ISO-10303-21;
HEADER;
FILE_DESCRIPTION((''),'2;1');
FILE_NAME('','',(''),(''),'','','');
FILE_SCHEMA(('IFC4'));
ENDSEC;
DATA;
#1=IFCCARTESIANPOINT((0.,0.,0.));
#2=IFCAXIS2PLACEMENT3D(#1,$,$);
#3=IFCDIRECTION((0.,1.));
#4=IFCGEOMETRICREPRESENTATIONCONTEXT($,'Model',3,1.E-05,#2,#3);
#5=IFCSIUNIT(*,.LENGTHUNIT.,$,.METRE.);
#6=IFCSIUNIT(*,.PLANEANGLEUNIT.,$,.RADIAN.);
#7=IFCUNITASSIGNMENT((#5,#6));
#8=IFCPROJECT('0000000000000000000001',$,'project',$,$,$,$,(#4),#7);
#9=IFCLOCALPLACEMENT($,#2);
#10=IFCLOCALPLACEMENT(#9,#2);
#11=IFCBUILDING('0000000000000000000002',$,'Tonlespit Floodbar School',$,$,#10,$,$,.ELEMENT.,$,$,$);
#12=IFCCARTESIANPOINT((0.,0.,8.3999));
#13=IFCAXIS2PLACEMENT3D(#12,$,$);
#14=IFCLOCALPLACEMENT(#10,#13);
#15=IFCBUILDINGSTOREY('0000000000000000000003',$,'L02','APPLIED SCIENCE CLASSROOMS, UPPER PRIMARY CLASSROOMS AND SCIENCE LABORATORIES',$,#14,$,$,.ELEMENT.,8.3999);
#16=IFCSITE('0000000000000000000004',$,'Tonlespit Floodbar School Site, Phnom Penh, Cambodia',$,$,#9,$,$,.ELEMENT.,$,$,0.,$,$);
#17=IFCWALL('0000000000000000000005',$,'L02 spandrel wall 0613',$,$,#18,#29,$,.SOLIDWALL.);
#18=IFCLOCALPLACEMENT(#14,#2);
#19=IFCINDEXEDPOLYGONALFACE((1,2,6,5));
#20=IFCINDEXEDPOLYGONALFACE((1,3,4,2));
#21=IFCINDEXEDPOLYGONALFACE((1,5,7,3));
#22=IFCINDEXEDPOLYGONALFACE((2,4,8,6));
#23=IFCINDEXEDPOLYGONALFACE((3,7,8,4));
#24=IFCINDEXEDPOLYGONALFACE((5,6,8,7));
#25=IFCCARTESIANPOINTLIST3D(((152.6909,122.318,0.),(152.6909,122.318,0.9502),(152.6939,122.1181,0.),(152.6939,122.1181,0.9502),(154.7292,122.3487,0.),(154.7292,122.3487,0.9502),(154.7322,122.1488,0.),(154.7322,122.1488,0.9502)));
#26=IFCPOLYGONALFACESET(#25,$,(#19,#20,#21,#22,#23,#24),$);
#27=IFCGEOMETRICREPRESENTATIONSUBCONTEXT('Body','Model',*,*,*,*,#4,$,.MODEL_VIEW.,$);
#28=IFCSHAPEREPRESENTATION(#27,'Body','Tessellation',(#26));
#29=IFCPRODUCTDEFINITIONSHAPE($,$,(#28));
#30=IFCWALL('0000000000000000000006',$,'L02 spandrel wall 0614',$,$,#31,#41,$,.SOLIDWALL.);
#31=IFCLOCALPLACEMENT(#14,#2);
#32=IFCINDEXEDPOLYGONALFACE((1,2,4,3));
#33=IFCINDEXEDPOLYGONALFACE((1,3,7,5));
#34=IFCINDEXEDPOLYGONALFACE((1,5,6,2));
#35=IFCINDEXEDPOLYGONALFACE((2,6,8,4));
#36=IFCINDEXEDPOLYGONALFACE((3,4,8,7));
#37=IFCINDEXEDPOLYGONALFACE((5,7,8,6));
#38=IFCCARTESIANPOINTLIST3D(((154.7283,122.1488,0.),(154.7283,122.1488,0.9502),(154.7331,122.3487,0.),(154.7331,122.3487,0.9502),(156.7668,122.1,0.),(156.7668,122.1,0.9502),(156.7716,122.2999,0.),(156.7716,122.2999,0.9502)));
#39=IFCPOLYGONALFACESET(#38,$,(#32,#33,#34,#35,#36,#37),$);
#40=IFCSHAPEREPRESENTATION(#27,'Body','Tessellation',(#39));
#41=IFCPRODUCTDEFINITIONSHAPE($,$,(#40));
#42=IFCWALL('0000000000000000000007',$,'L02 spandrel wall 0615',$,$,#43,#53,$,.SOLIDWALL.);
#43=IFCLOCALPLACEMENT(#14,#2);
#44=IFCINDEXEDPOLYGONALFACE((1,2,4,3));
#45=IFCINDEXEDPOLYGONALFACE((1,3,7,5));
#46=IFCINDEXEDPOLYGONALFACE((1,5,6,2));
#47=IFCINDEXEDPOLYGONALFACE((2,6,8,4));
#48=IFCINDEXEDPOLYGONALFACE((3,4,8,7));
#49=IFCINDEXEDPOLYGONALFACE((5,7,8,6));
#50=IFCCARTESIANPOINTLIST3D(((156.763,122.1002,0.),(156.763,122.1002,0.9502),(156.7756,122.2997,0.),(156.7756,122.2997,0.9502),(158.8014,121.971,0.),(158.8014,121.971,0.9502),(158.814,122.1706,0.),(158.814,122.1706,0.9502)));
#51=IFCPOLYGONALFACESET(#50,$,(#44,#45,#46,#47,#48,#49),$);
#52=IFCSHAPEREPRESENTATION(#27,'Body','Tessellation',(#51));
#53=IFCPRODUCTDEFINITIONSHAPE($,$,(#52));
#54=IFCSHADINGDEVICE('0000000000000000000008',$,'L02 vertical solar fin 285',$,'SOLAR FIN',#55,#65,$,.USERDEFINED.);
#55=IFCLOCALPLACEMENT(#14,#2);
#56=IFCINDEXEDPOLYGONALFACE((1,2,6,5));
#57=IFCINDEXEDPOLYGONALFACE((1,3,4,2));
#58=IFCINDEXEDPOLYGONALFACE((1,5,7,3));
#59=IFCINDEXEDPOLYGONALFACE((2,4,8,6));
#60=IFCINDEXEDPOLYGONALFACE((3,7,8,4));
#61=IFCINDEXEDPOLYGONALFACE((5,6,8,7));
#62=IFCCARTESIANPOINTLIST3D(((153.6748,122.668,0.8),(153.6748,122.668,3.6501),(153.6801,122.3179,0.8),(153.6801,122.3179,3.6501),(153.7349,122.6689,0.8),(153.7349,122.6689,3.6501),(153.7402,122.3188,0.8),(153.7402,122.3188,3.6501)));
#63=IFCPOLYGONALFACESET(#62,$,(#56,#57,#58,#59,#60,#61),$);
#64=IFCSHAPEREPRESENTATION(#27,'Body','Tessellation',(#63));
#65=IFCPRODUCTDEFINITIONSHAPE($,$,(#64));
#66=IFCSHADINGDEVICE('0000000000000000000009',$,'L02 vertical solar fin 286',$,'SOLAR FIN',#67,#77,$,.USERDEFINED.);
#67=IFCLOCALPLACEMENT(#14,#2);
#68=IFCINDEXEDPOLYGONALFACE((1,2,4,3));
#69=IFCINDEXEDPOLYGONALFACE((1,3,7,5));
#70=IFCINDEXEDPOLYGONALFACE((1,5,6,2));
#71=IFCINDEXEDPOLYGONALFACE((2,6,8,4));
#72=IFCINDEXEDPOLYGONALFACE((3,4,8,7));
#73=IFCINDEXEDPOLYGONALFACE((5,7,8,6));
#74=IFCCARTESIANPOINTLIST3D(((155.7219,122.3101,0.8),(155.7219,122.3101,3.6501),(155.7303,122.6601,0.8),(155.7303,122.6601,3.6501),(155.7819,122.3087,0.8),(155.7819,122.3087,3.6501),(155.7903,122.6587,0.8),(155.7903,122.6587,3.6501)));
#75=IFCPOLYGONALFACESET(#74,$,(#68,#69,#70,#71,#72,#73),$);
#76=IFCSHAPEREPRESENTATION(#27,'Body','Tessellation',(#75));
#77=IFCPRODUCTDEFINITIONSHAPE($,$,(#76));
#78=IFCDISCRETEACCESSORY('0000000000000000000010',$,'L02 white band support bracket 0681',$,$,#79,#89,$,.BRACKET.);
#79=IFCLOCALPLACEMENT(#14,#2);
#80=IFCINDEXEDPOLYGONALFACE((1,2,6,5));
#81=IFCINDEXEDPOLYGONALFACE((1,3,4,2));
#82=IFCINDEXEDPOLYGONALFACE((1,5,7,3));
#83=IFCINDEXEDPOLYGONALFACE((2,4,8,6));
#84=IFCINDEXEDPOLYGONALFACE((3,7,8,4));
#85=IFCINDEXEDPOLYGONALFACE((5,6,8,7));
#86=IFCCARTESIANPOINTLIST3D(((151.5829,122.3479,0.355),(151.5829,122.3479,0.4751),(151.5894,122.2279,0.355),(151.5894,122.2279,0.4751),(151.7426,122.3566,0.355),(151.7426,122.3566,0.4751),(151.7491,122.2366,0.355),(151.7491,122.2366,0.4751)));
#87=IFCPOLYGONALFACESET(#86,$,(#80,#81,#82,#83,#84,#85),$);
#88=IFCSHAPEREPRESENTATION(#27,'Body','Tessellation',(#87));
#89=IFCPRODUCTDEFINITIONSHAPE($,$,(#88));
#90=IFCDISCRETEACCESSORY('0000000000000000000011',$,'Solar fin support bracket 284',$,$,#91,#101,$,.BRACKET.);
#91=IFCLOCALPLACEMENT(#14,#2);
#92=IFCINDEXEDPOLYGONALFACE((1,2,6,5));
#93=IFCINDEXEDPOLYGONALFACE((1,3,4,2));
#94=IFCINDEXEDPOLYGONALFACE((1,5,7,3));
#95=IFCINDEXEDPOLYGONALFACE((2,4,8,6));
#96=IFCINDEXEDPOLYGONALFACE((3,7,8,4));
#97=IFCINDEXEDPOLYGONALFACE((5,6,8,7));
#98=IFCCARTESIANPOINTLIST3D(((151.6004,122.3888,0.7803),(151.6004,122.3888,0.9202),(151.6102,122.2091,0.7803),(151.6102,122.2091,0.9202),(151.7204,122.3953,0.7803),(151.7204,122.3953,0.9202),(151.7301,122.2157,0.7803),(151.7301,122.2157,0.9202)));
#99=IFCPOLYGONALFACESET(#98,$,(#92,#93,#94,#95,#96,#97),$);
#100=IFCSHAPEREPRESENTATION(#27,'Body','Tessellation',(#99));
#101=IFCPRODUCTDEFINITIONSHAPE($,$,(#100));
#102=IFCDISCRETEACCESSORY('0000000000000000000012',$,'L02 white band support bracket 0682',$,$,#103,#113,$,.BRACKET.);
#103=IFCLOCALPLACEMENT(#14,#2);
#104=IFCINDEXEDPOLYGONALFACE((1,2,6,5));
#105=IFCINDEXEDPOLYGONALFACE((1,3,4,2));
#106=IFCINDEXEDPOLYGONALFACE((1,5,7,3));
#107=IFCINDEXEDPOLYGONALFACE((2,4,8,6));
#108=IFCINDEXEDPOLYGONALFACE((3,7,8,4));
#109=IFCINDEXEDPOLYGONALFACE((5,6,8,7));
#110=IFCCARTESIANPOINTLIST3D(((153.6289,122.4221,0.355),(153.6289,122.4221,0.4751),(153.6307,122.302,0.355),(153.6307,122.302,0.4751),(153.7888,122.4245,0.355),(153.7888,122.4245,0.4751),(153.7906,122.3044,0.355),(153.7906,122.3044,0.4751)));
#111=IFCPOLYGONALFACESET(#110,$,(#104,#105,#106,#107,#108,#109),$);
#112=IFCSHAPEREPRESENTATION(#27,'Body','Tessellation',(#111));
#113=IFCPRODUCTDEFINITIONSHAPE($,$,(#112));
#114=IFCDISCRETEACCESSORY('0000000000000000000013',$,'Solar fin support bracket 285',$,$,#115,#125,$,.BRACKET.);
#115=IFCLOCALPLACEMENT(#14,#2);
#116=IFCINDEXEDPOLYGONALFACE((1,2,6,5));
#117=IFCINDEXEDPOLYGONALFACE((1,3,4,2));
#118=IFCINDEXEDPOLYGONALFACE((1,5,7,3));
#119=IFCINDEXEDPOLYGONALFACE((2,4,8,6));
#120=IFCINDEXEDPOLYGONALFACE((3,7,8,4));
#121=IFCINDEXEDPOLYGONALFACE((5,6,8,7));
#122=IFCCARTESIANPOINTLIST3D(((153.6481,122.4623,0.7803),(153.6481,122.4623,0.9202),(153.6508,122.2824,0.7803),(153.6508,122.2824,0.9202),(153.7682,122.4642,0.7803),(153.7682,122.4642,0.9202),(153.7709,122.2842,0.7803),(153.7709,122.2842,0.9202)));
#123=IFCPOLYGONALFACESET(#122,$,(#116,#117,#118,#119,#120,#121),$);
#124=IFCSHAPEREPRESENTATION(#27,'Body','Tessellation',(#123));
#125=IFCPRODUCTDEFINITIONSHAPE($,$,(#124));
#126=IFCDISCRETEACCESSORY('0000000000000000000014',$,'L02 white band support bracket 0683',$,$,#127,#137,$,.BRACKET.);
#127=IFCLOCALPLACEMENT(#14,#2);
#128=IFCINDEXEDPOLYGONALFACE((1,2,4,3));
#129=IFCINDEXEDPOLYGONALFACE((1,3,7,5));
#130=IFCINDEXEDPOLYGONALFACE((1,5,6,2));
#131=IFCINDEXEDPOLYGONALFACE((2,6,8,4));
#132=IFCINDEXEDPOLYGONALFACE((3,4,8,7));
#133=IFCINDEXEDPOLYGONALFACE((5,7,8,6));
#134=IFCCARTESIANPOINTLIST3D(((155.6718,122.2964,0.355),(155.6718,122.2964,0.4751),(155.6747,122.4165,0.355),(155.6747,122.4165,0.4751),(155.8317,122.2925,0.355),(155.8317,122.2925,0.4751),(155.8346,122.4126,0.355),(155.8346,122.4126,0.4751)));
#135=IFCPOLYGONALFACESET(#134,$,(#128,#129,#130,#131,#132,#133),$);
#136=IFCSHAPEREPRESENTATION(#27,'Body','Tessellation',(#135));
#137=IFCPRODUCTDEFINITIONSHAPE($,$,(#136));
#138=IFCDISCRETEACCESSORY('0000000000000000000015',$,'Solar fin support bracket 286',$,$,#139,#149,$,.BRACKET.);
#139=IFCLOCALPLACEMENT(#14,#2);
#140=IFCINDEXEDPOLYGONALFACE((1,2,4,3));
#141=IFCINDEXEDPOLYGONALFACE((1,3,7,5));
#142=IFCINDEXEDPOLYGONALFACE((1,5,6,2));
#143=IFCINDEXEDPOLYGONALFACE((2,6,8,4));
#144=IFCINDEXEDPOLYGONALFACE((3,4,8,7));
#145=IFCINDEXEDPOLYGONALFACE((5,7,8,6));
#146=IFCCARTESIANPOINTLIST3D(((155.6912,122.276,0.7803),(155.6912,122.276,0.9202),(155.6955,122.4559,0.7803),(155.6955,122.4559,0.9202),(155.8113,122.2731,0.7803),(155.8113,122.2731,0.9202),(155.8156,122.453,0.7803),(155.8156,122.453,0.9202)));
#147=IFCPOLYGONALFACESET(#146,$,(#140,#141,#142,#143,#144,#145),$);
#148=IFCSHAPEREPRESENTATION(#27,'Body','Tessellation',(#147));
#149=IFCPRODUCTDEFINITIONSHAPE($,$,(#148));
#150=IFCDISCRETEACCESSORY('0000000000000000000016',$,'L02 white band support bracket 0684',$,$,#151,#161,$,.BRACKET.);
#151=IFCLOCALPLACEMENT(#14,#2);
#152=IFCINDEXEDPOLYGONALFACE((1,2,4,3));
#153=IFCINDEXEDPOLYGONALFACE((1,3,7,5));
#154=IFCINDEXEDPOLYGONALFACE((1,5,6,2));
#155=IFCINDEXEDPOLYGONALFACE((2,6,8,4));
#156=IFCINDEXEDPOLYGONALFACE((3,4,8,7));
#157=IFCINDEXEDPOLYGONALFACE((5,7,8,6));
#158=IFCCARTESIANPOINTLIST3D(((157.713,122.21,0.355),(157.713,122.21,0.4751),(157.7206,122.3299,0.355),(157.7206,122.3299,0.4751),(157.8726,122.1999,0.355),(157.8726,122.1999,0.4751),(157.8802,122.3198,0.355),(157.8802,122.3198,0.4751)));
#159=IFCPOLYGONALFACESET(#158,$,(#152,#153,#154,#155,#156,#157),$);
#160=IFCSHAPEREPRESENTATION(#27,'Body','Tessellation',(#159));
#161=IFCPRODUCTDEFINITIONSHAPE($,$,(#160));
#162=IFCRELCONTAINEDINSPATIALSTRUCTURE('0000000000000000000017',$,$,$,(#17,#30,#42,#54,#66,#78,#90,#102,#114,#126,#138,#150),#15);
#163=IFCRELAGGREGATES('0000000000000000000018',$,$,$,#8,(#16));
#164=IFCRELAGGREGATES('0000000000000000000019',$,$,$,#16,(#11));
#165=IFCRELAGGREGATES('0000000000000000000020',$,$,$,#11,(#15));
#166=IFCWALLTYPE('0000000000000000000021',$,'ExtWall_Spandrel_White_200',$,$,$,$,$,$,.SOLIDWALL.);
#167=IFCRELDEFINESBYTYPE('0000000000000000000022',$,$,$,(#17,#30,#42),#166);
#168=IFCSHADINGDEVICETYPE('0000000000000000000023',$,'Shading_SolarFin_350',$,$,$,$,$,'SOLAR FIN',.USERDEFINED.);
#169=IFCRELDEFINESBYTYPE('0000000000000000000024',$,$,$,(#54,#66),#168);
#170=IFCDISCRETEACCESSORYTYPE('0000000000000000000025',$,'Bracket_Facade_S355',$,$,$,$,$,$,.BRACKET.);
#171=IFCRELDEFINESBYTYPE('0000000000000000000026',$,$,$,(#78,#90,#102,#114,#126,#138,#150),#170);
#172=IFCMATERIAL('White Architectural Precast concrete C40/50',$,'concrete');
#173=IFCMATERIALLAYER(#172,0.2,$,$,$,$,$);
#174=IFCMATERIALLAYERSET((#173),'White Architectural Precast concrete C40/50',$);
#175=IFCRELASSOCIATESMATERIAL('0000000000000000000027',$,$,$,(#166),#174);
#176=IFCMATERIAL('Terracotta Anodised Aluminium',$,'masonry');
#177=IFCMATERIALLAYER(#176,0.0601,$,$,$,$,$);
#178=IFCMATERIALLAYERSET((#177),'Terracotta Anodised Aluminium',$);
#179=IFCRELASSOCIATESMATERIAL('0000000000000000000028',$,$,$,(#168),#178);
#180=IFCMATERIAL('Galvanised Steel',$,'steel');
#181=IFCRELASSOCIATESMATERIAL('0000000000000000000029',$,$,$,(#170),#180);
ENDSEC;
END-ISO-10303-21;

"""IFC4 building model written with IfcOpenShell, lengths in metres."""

from ifc_helpers import new_model, si_unit, direction, frame, frame_2d, origin, origin_2d, place, context, subcontext, project, spatial, rectangle, extrude, material, layer, layer_set, type_object, element, save


model = new_model("IFC4")

# Units and contexts
model_context = context("Model", 3, precision=1e-05, world=origin(), true_north=direction((0.0, 1.0)))
body_context = subcontext(model_context, "Body", "Model", "MODEL_VIEW")
ifc_project = project(units=[si_unit("LENGTHUNIT", "METRE"), si_unit("PLANEANGLEUNIT", "RADIAN")], contexts=[model_context])

# Site, building, storey
site_placement = place(None, origin())
site = spatial("IfcSite", under=ifc_project, at=site_placement, Name="Tonlespit Floodbar School Site, Phnom Penh, Cambodia", CompositionType="ELEMENT", RefElevation=0.0)
building_placement = place(site_placement, origin())
building = spatial("IfcBuilding", under=site, at=building_placement, Name="Tonlespit Floodbar School", CompositionType="ELEMENT")
storey_placement = place(building_placement, frame((0.0, 0.0, 8.3999)))
storey = spatial("IfcBuildingStorey", under=building, at=storey_placement, Name="L02", Description="APPLIED SCIENCE CLASSROOMS, UPPER PRIMARY CLASSROOMS AND SCIENCE LABORATORIES", CompositionType="ELEMENT", Elevation=8.3999)

# Walls
ifc_material_1 = material(Name="White Architectural Precast concrete C40/50", Category="concrete")
ifc_layer_1 = layer(ifc_material_1, 0.2)
ifc_layer_set_1 = layer_set([ifc_layer_1], Name="White Architectural Precast concrete C40/50")
wall_type = type_object("IfcWallType", Name="ExtWall_Spandrel_White_200", PredefinedType="SOLIDWALL", material=ifc_layer_set_1)
wall_1_placement = place(storey_placement, frame((152.6924, 122.218, 0.0), z_axis=(0.0, 0.0, 1.0), x_axis=(0.999886, 0.01509, 0.0)))
element("IfcWall", 1, at=wall_1_placement, inside=storey, type_object=wall_type, Name="L02 spandrel wall 0613", PredefinedType="SOLIDWALL", context=body_context, shape_type="SweptSolid", body=[
    extrude(rectangle(XDim=2.0386, YDim=0.2, at=frame_2d((1.0193, 0.0))), origin(), (0.0, 0.0, 1.0), 0.9502),
])
wall_2_placement = place(storey_placement, frame((154.7307, 122.2488, 0.0), z_axis=(0.0, 0.0, 1.0), x_axis=(0.999713, -0.023945, 0.0)))
element("IfcWall", 2, at=wall_2_placement, inside=storey, type_object=wall_type, Name="L02 spandrel wall 0614", PredefinedType="SOLIDWALL", context=body_context, shape_type="SweptSolid", body=[
    extrude(rectangle(XDim=2.0391, YDim=0.2, at=frame_2d((1.0195, 0.0))), origin(), (0.0, 0.0, 1.0), 0.9502),
])
wall_3_placement = place(storey_placement, frame((156.7693, 122.2, 0.0), z_axis=(0.0, 0.0, 1.0), x_axis=(0.997999, -0.063234, 0.0)))
element("IfcWall", 3, at=wall_3_placement, inside=storey, type_object=wall_type, Name="L02 spandrel wall 0615", PredefinedType="SOLIDWALL", context=body_context, shape_type="SweptSolid", body=[
    extrude(rectangle(XDim=2.0425, YDim=0.2, at=frame_2d((1.0212, 0.0))), origin(), (0.0, 0.0, 1.0), 0.9502),
])

# Shading devices
ifc_material_2 = material(Name="Terracotta Anodised Aluminium", Category="masonry")
ifc_layer_2 = layer(ifc_material_2, 0.0601)
ifc_layer_set_2 = layer_set([ifc_layer_2], Name="Terracotta Anodised Aluminium")
shading_device_type = type_object("IfcShadingDeviceType", Name="Shading_SolarFin_350", ElementType="SOLAR FIN", PredefinedType="USERDEFINED", material=ifc_layer_set_2)
for number, where, z_axis, x_axis, name in (
    (4, (153.7075, 122.4934, 0.8), (0.0, 0.0, 1.0), (0.999885, 0.015156, 0.0), "L02 vertical solar fin 285"),
    (5, (155.7561, 122.4844, 0.8), (0.0, 0.0, 1.0), (0.999711, -0.024031, 0.0), "L02 vertical solar fin 286"),
):
    element("IfcShadingDevice", number, at=place(storey_placement, frame(where, z_axis=z_axis, x_axis=x_axis)), inside=storey, type_object=shading_device_type, Name=name, ObjectType="SOLAR FIN", PredefinedType="USERDEFINED", context=body_context, shape_type="SweptSolid", body=[
        extrude(rectangle(XDim=0.0601, YDim=0.3501, at=origin_2d()), origin(), (0.0, 0.0, 1.0), 2.8501),
    ])

# Discrete accessories
ifc_material_3 = material(Name="Galvanised Steel", Category="steel")
discrete_accessory_type = type_object("IfcDiscreteAccessoryType", Name="Bracket_Facade_S355", PredefinedType="BRACKET", material=ifc_material_3)
discrete_accessory_1_placement = place(storey_placement, frame((151.666, 122.2922, 0.355), z_axis=(0.0, 0.0, 1.0), x_axis=(0.998521, 0.054372, 0.0)))
element("IfcDiscreteAccessory", 6, at=discrete_accessory_1_placement, inside=storey, type_object=discrete_accessory_type, Name="L02 white band support bracket 0681", PredefinedType="BRACKET", context=body_context, shape_type="SweptSolid", body=[
    extrude(rectangle(XDim=0.1599, YDim=0.1201, at=origin_2d()), origin(), (0.0, 0.0, 1.0), 0.1201),
])
discrete_accessory_2_placement = place(storey_placement, frame((151.6653, 122.3022, 0.7803), z_axis=(0.0, 0.0, 1.0), x_axis=(0.998521, 0.054372, 0.0)))
element("IfcDiscreteAccessory", 7, at=discrete_accessory_2_placement, inside=storey, type_object=discrete_accessory_type, Name="Solar fin support bracket 284", PredefinedType="BRACKET", context=body_context, shape_type="SweptSolid", body=[
    extrude(rectangle(XDim=0.1201, YDim=0.1799, at=origin_2d()), origin(), (0.0, 0.0, 1.0), 0.1399),
])
discrete_accessory_3_placement = place(storey_placement, frame((153.7097, 122.3633, 0.355), z_axis=(0.0, 0.0, 1.0), x_axis=(0.999885, 0.015156, 0.0)))
element("IfcDiscreteAccessory", 8, at=discrete_accessory_3_placement, inside=storey, type_object=discrete_accessory_type, Name="L02 white band support bracket 0682", PredefinedType="BRACKET", context=body_context, shape_type="SweptSolid", body=[
    extrude(rectangle(XDim=0.1599, YDim=0.1201, at=origin_2d()), origin(), (0.0, 0.0, 1.0), 0.1201),
])
discrete_accessory_4_placement = place(storey_placement, frame((153.7095, 122.3733, 0.7803), z_axis=(0.0, 0.0, 1.0), x_axis=(0.999885, 0.015156, 0.0)))
element("IfcDiscreteAccessory", 9, at=discrete_accessory_4_placement, inside=storey, type_object=discrete_accessory_type, Name="Solar fin support bracket 285", PredefinedType="BRACKET", context=body_context, shape_type="SweptSolid", body=[
    extrude(rectangle(XDim=0.1201, YDim=0.1799, at=origin_2d()), origin(), (0.0, 0.0, 1.0), 0.1399),
])
discrete_accessory_5_placement = place(storey_placement, frame((155.7532, 122.3545, 0.355), z_axis=(0.0, 0.0, 1.0), x_axis=(0.999711, -0.024031, 0.0)))
element("IfcDiscreteAccessory", 10, at=discrete_accessory_5_placement, inside=storey, type_object=discrete_accessory_type, Name="L02 white band support bracket 0683", PredefinedType="BRACKET", context=body_context, shape_type="SweptSolid", body=[
    extrude(rectangle(XDim=0.1599, YDim=0.1201, at=origin_2d()), origin(), (0.0, 0.0, 1.0), 0.1201),
])
discrete_accessory_6_placement = place(storey_placement, frame((155.7534, 122.3645, 0.7803), z_axis=(0.0, 0.0, 1.0), x_axis=(0.999711, -0.024031, 0.0)))
element("IfcDiscreteAccessory", 11, at=discrete_accessory_6_placement, inside=storey, type_object=discrete_accessory_type, Name="Solar fin support bracket 286", PredefinedType="BRACKET", context=body_context, shape_type="SweptSolid", body=[
    extrude(rectangle(XDim=0.1201, YDim=0.1799, at=origin_2d()), origin(), (0.0, 0.0, 1.0), 0.1399),
])
discrete_accessory_7_placement = place(storey_placement, frame((157.7966, 122.2649, 0.355), z_axis=(0.0, 0.0, 1.0), x_axis=(0.997997, -0.063254, 0.0)))
element("IfcDiscreteAccessory", 12, at=discrete_accessory_7_placement, inside=storey, type_object=discrete_accessory_type, Name="L02 white band support bracket 0684", PredefinedType="BRACKET", context=body_context, shape_type="SweptSolid", body=[
    extrude(rectangle(XDim=0.1599, YDim=0.1201, at=origin_2d()), origin(), (0.0, 0.0, 1.0), 0.1201),
])

save(model, "model.ifc")
